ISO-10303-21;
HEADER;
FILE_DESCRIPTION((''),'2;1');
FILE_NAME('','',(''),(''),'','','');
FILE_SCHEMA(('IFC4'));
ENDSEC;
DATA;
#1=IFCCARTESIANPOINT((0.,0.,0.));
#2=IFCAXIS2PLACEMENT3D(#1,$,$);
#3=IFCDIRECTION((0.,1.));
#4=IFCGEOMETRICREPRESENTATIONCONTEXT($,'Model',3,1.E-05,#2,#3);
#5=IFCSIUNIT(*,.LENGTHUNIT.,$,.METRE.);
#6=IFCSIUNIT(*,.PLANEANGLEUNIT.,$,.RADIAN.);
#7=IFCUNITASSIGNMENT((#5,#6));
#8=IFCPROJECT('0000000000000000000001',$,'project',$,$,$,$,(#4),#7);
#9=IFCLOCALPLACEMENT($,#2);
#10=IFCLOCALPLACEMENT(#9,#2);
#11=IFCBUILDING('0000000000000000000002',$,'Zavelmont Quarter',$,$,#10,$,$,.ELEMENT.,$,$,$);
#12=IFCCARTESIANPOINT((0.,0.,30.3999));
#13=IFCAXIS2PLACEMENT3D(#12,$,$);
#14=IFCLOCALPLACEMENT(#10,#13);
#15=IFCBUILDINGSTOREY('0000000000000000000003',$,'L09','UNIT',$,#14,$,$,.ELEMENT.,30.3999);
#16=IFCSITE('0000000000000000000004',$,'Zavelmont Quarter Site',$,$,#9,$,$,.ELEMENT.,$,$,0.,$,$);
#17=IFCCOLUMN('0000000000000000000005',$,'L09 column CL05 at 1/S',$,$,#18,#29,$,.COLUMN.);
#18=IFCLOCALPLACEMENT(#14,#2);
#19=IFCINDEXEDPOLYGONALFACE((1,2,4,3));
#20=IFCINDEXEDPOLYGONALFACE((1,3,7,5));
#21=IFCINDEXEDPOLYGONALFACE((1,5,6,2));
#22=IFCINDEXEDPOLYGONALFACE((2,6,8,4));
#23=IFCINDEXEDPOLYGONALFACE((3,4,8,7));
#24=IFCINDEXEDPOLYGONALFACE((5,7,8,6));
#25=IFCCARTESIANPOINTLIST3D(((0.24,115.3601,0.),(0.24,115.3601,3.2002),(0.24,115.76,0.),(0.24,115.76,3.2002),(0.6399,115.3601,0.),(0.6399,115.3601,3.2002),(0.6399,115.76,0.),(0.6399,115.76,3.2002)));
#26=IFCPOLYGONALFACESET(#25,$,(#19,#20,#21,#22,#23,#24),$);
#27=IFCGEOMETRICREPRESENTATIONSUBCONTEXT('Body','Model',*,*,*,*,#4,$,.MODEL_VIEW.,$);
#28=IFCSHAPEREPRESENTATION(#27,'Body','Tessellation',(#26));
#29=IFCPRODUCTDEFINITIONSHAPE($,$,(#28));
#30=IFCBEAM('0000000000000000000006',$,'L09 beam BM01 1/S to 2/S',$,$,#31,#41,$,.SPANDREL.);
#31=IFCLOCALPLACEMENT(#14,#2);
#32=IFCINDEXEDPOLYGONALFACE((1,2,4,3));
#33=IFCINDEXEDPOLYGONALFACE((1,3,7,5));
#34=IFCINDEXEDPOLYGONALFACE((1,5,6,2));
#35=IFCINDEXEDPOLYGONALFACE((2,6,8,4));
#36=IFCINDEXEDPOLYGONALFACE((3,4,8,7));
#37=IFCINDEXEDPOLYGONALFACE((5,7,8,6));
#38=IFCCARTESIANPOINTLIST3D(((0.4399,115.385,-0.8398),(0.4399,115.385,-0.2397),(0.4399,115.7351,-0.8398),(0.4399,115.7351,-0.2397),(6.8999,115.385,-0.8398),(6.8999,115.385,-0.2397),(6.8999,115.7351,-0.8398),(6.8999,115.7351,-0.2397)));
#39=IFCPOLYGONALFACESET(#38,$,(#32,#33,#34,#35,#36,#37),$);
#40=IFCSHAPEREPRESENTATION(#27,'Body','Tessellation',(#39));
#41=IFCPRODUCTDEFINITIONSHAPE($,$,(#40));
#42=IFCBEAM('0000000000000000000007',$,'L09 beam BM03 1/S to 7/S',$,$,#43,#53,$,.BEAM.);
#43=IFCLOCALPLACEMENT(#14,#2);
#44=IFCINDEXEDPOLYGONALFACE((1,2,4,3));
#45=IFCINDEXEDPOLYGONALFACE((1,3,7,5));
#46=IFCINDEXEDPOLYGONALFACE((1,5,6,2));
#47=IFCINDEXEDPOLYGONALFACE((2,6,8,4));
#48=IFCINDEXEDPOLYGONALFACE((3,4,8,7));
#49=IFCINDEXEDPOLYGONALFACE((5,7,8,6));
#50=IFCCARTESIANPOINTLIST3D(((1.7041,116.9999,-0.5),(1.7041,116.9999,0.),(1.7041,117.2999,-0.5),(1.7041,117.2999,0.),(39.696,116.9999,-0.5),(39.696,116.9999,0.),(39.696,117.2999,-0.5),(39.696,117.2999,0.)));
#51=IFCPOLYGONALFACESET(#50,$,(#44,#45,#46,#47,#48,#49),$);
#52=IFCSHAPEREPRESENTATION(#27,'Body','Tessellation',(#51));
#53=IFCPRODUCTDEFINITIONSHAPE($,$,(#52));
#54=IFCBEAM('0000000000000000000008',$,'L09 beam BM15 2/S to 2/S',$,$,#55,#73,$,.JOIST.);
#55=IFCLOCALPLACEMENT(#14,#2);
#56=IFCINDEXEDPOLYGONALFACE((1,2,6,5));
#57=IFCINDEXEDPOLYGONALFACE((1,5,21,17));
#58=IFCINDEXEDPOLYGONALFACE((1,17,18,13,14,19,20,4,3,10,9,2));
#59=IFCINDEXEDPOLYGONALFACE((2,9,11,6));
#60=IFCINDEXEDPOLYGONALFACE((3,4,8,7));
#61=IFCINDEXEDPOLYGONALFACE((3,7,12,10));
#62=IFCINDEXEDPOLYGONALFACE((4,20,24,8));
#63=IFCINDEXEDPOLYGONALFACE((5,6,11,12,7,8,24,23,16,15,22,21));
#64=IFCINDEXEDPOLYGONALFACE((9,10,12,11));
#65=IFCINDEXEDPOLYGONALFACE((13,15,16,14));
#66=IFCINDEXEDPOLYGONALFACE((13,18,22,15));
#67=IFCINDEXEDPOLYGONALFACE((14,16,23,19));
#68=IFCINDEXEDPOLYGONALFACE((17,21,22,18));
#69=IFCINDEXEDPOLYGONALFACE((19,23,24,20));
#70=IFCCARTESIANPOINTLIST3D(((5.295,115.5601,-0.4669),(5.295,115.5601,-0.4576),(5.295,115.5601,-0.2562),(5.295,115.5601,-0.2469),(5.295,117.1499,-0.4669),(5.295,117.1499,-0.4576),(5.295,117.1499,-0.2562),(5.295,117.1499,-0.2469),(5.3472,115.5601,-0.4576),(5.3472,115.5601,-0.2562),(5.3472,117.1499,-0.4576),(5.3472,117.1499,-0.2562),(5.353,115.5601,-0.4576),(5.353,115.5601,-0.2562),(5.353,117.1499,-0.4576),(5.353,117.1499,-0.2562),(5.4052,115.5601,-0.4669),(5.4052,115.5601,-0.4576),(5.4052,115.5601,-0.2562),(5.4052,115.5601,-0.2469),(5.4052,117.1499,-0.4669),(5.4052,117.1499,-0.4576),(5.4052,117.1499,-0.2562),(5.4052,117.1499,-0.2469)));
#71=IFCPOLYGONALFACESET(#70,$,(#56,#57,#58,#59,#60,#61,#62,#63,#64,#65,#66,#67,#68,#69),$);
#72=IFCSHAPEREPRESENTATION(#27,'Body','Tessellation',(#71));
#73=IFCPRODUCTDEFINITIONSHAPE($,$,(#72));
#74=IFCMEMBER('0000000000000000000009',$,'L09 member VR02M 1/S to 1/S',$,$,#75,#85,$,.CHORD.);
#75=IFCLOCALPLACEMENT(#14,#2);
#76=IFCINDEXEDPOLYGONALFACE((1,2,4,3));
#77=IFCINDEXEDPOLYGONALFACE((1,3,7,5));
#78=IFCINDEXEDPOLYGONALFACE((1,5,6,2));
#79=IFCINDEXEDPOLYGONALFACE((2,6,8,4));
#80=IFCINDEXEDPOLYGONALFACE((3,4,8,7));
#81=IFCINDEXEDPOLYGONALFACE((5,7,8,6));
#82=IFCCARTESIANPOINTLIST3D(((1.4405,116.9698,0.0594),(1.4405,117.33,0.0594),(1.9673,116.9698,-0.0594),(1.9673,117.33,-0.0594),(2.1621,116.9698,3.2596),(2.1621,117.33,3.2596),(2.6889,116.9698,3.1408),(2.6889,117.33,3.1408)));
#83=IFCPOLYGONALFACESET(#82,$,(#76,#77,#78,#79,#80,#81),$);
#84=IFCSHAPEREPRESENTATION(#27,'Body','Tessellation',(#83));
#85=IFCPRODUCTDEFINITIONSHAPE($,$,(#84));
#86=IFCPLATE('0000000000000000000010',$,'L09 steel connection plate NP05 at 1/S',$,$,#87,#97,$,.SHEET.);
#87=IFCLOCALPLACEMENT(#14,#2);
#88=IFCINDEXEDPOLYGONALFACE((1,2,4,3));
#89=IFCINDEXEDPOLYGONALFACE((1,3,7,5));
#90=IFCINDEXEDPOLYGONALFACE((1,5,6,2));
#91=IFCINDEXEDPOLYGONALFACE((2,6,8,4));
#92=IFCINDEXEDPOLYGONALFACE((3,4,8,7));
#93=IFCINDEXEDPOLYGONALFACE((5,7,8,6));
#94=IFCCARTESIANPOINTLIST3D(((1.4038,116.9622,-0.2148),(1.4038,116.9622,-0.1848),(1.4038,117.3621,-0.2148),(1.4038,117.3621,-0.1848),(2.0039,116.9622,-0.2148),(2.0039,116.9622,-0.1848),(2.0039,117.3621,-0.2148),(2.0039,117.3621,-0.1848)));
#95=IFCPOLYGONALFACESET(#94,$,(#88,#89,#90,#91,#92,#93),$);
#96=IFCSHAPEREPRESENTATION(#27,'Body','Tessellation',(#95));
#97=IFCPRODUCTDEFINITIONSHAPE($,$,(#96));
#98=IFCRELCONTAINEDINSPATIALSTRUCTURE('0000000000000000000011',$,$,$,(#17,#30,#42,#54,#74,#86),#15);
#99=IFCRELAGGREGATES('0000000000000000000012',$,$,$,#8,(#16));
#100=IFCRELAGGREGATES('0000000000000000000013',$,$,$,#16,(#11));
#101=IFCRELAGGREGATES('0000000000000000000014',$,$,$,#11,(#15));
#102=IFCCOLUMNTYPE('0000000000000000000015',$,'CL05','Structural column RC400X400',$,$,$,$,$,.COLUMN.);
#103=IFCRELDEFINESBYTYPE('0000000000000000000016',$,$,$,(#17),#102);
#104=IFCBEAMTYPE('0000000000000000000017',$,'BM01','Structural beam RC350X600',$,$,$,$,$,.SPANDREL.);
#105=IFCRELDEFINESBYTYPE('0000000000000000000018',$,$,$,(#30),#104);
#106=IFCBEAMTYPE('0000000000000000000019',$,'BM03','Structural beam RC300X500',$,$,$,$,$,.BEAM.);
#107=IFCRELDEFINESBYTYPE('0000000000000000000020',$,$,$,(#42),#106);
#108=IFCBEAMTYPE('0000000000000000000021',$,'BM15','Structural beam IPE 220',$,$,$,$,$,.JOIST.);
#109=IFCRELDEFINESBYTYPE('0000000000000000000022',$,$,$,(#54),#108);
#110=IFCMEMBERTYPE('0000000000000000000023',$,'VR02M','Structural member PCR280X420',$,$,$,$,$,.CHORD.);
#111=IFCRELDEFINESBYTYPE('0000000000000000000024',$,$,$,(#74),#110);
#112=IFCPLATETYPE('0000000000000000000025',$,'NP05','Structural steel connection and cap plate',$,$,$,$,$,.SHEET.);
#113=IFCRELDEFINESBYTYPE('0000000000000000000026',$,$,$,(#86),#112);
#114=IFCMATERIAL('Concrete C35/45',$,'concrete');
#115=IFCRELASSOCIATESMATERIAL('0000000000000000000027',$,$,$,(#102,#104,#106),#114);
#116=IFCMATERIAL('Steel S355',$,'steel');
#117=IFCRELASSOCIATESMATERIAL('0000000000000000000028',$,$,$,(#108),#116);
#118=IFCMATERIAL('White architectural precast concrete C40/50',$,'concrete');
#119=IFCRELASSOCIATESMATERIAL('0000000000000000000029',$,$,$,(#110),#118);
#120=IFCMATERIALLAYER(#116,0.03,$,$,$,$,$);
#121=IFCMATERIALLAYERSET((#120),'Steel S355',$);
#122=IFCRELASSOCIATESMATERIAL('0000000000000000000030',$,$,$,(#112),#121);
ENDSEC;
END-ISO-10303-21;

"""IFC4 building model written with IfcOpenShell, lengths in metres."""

from ifc_helpers import new_model, si_unit, direction, frame, origin, origin_2d, place, context, subcontext, project, spatial, rectangle, i_section, extrude, material, layer, layer_set, material_profile, profile_set, type_object, element, save


model = new_model("IFC4")

# Units and contexts
model_context = context("Model", 3, precision=1e-05, world=origin(), true_north=direction((0.0, 1.0)))
body_context = subcontext(model_context, "Body", "Model", "MODEL_VIEW")
ifc_project = project(units=[si_unit("LENGTHUNIT", "METRE"), si_unit("PLANEANGLEUNIT", "RADIAN")], contexts=[model_context])

# Site, building, storey
site_placement = place(None, origin())
site = spatial("IfcSite", under=ifc_project, at=site_placement, Name="Zavelmont Quarter Site", CompositionType="ELEMENT", RefElevation=0.0)
building_placement = place(site_placement, origin())
building = spatial("IfcBuilding", under=site, at=building_placement, Name="Zavelmont Quarter", CompositionType="ELEMENT")
storey_placement = place(building_placement, frame((0.0, 0.0, 30.3999)))
storey = spatial("IfcBuildingStorey", under=building, at=storey_placement, Name="L09", Description="UNIT", CompositionType="ELEMENT", Elevation=30.3999)

# Column
ifc_material_1 = material(Name="Concrete C35/45", Category="concrete")
ifc_material_profile_1 = material_profile(ifc_material_1, rectangle(XDim=0.3999, YDim=0.3999, at=origin_2d()), Name="RC400X400")
ifc_profile_set_1 = profile_set([ifc_material_profile_1], Name="Concrete C35/45")
column_type = type_object("IfcColumnType", Name="CL05", Description="Structural column RC400X400", PredefinedType="COLUMN", material=ifc_profile_set_1)
column_placement = place(storey_placement, frame((0.4399, 115.5601, 0.0), z_axis=(0.0, 0.0, 1.0), x_axis=(1.0, 0.0, 0.0)))
element("IfcColumn", 1, at=column_placement, inside=storey, type_object=column_type, Name="L09 column CL05 at 1/S", PredefinedType="COLUMN", context=body_context, shape_type="SweptSolid", body=[
    extrude(rectangle(XDim=0.3999, YDim=0.3999, at=origin_2d()), origin(), (0.0, 0.0, 1.0), 3.2002),
])

# Beams
ifc_material_profile_2 = material_profile(ifc_material_1, rectangle(XDim=0.3501, YDim=0.6001, at=origin_2d()), Name="RC350X600")
ifc_profile_set_2 = profile_set([ifc_material_profile_2], Name="Concrete C35/45")
beam_type_1 = type_object("IfcBeamType", Name="BM01", Description="Structural beam RC350X600", PredefinedType="SPANDREL", material=ifc_profile_set_2)
beam_1_placement = place(storey_placement, frame((0.4399, 115.5601, -0.5398), z_axis=(1.0, 0.0, 0.0), x_axis=(0.0, 1.0, 0.0)))
element("IfcBeam", 2, at=beam_1_placement, inside=storey, type_object=beam_type_1, Name="L09 beam BM01 1/S to 2/S", PredefinedType="SPANDREL", context=body_context, shape_type="SweptSolid", body=[
    extrude(rectangle(XDim=0.3501, YDim=0.6001, at=origin_2d()), origin(), (0.0, 0.0, 1.0), 6.46),
])
ifc_material_profile_3 = material_profile(ifc_material_1, rectangle(XDim=0.3, YDim=0.5, at=origin_2d()), Name="RC300X500")
ifc_profile_set_3 = profile_set([ifc_material_profile_3], Name="Concrete C35/45")
beam_type_2 = type_object("IfcBeamType", Name="BM03", Description="Structural beam RC300X500", PredefinedType="BEAM", material=ifc_profile_set_3)
beam_2_placement = place(storey_placement, frame((1.7041, 117.1499, -0.25), z_axis=(1.0, 0.0, 0.0), x_axis=(0.0, 1.0, 0.0)))
element("IfcBeam", 3, at=beam_2_placement, inside=storey, type_object=beam_type_2, Name="L09 beam BM03 1/S to 7/S", PredefinedType="BEAM", context=body_context, shape_type="SweptSolid", body=[
    extrude(rectangle(XDim=0.3, YDim=0.5, at=origin_2d()), origin(), (0.0, 0.0, 1.0), 37.9919),
])
ifc_material_2 = material(Name="Steel S355", Category="steel")
ifc_material_profile_4 = material_profile(ifc_material_2, i_section(OverallWidth=0.1101, OverallDepth=0.22, WebThickness=0.0059, FlangeThickness=0.0093, at=origin_2d()), Name="IPE 220")
ifc_profile_set_4 = profile_set([ifc_material_profile_4], Name="Steel S355")
beam_type_3 = type_object("IfcBeamType", Name="BM15", Description="Structural beam IPE 220", PredefinedType="JOIST", material=ifc_profile_set_4)
beam_3_placement = place(storey_placement, frame((5.3501, 115.5601, -0.3569), z_axis=(0.0, 1.0, 0.0), x_axis=(-1.0, 0.0, 0.0)))
element("IfcBeam", 4, at=beam_3_placement, inside=storey, type_object=beam_type_3, Name="L09 beam BM15 2/S to 2/S", PredefinedType="JOIST", context=body_context, shape_type="SweptSolid", body=[
    extrude(i_section(OverallWidth=0.1101, OverallDepth=0.22, WebThickness=0.0059, FlangeThickness=0.0093, at=origin_2d()), origin(), (0.0, 0.0, 1.0), 1.5898),
])

# Member
ifc_material_3 = material(Name="White architectural precast concrete C40/50", Category="concrete")
ifc_material_profile_5 = material_profile(ifc_material_3, rectangle(XDim=0.3601, YDim=0.54, at=origin_2d()), Name="PCR280X420")
ifc_profile_set_5 = profile_set([ifc_material_profile_5], Name="White architectural precast concrete C40/50")
member_type = type_object("IfcMemberType", Name="VR02M", Description="Structural member PCR280X420", PredefinedType="CHORD", material=ifc_profile_set_5)
member_placement = place(storey_placement, frame((1.7039, 117.1499, 0.0), z_axis=(0.219987, 0.0, 0.975503), x_axis=(0.0, 1.0, 0.0)))
element("IfcMember", 5, at=member_placement, inside=storey, type_object=member_type, Name="L09 member VR02M 1/S to 1/S", PredefinedType="CHORD", context=body_context, shape_type="SweptSolid", body=[
    extrude(rectangle(XDim=0.3601, YDim=0.54, at=origin_2d()), origin(), (0.0, 0.0, 1.0), 3.2805),
])

# Plate
ifc_layer_1 = layer(ifc_material_2, 0.03)
ifc_layer_set_1 = layer_set([ifc_layer_1], Name="Steel S355")
plate_type = type_object("IfcPlateType", Name="NP05", Description="Structural steel connection and cap plate", PredefinedType="SHEET", material=ifc_layer_set_1)
plate_placement = place(storey_placement, frame((1.7039, 117.1621, -0.2148), z_axis=(0.0, 0.0, 1.0), x_axis=(1.0, 0.0, 0.0)))
element("IfcPlate", 6, at=plate_placement, inside=storey, type_object=plate_type, Name="L09 steel connection plate NP05 at 1/S", PredefinedType="SHEET", context=body_context, shape_type="SweptSolid", body=[
    extrude(rectangle(XDim=0.6001, YDim=0.3999, at=origin_2d()), origin(), (0.0, 0.0, 1.0), 0.03),
])

save(model, "model.ifc")
